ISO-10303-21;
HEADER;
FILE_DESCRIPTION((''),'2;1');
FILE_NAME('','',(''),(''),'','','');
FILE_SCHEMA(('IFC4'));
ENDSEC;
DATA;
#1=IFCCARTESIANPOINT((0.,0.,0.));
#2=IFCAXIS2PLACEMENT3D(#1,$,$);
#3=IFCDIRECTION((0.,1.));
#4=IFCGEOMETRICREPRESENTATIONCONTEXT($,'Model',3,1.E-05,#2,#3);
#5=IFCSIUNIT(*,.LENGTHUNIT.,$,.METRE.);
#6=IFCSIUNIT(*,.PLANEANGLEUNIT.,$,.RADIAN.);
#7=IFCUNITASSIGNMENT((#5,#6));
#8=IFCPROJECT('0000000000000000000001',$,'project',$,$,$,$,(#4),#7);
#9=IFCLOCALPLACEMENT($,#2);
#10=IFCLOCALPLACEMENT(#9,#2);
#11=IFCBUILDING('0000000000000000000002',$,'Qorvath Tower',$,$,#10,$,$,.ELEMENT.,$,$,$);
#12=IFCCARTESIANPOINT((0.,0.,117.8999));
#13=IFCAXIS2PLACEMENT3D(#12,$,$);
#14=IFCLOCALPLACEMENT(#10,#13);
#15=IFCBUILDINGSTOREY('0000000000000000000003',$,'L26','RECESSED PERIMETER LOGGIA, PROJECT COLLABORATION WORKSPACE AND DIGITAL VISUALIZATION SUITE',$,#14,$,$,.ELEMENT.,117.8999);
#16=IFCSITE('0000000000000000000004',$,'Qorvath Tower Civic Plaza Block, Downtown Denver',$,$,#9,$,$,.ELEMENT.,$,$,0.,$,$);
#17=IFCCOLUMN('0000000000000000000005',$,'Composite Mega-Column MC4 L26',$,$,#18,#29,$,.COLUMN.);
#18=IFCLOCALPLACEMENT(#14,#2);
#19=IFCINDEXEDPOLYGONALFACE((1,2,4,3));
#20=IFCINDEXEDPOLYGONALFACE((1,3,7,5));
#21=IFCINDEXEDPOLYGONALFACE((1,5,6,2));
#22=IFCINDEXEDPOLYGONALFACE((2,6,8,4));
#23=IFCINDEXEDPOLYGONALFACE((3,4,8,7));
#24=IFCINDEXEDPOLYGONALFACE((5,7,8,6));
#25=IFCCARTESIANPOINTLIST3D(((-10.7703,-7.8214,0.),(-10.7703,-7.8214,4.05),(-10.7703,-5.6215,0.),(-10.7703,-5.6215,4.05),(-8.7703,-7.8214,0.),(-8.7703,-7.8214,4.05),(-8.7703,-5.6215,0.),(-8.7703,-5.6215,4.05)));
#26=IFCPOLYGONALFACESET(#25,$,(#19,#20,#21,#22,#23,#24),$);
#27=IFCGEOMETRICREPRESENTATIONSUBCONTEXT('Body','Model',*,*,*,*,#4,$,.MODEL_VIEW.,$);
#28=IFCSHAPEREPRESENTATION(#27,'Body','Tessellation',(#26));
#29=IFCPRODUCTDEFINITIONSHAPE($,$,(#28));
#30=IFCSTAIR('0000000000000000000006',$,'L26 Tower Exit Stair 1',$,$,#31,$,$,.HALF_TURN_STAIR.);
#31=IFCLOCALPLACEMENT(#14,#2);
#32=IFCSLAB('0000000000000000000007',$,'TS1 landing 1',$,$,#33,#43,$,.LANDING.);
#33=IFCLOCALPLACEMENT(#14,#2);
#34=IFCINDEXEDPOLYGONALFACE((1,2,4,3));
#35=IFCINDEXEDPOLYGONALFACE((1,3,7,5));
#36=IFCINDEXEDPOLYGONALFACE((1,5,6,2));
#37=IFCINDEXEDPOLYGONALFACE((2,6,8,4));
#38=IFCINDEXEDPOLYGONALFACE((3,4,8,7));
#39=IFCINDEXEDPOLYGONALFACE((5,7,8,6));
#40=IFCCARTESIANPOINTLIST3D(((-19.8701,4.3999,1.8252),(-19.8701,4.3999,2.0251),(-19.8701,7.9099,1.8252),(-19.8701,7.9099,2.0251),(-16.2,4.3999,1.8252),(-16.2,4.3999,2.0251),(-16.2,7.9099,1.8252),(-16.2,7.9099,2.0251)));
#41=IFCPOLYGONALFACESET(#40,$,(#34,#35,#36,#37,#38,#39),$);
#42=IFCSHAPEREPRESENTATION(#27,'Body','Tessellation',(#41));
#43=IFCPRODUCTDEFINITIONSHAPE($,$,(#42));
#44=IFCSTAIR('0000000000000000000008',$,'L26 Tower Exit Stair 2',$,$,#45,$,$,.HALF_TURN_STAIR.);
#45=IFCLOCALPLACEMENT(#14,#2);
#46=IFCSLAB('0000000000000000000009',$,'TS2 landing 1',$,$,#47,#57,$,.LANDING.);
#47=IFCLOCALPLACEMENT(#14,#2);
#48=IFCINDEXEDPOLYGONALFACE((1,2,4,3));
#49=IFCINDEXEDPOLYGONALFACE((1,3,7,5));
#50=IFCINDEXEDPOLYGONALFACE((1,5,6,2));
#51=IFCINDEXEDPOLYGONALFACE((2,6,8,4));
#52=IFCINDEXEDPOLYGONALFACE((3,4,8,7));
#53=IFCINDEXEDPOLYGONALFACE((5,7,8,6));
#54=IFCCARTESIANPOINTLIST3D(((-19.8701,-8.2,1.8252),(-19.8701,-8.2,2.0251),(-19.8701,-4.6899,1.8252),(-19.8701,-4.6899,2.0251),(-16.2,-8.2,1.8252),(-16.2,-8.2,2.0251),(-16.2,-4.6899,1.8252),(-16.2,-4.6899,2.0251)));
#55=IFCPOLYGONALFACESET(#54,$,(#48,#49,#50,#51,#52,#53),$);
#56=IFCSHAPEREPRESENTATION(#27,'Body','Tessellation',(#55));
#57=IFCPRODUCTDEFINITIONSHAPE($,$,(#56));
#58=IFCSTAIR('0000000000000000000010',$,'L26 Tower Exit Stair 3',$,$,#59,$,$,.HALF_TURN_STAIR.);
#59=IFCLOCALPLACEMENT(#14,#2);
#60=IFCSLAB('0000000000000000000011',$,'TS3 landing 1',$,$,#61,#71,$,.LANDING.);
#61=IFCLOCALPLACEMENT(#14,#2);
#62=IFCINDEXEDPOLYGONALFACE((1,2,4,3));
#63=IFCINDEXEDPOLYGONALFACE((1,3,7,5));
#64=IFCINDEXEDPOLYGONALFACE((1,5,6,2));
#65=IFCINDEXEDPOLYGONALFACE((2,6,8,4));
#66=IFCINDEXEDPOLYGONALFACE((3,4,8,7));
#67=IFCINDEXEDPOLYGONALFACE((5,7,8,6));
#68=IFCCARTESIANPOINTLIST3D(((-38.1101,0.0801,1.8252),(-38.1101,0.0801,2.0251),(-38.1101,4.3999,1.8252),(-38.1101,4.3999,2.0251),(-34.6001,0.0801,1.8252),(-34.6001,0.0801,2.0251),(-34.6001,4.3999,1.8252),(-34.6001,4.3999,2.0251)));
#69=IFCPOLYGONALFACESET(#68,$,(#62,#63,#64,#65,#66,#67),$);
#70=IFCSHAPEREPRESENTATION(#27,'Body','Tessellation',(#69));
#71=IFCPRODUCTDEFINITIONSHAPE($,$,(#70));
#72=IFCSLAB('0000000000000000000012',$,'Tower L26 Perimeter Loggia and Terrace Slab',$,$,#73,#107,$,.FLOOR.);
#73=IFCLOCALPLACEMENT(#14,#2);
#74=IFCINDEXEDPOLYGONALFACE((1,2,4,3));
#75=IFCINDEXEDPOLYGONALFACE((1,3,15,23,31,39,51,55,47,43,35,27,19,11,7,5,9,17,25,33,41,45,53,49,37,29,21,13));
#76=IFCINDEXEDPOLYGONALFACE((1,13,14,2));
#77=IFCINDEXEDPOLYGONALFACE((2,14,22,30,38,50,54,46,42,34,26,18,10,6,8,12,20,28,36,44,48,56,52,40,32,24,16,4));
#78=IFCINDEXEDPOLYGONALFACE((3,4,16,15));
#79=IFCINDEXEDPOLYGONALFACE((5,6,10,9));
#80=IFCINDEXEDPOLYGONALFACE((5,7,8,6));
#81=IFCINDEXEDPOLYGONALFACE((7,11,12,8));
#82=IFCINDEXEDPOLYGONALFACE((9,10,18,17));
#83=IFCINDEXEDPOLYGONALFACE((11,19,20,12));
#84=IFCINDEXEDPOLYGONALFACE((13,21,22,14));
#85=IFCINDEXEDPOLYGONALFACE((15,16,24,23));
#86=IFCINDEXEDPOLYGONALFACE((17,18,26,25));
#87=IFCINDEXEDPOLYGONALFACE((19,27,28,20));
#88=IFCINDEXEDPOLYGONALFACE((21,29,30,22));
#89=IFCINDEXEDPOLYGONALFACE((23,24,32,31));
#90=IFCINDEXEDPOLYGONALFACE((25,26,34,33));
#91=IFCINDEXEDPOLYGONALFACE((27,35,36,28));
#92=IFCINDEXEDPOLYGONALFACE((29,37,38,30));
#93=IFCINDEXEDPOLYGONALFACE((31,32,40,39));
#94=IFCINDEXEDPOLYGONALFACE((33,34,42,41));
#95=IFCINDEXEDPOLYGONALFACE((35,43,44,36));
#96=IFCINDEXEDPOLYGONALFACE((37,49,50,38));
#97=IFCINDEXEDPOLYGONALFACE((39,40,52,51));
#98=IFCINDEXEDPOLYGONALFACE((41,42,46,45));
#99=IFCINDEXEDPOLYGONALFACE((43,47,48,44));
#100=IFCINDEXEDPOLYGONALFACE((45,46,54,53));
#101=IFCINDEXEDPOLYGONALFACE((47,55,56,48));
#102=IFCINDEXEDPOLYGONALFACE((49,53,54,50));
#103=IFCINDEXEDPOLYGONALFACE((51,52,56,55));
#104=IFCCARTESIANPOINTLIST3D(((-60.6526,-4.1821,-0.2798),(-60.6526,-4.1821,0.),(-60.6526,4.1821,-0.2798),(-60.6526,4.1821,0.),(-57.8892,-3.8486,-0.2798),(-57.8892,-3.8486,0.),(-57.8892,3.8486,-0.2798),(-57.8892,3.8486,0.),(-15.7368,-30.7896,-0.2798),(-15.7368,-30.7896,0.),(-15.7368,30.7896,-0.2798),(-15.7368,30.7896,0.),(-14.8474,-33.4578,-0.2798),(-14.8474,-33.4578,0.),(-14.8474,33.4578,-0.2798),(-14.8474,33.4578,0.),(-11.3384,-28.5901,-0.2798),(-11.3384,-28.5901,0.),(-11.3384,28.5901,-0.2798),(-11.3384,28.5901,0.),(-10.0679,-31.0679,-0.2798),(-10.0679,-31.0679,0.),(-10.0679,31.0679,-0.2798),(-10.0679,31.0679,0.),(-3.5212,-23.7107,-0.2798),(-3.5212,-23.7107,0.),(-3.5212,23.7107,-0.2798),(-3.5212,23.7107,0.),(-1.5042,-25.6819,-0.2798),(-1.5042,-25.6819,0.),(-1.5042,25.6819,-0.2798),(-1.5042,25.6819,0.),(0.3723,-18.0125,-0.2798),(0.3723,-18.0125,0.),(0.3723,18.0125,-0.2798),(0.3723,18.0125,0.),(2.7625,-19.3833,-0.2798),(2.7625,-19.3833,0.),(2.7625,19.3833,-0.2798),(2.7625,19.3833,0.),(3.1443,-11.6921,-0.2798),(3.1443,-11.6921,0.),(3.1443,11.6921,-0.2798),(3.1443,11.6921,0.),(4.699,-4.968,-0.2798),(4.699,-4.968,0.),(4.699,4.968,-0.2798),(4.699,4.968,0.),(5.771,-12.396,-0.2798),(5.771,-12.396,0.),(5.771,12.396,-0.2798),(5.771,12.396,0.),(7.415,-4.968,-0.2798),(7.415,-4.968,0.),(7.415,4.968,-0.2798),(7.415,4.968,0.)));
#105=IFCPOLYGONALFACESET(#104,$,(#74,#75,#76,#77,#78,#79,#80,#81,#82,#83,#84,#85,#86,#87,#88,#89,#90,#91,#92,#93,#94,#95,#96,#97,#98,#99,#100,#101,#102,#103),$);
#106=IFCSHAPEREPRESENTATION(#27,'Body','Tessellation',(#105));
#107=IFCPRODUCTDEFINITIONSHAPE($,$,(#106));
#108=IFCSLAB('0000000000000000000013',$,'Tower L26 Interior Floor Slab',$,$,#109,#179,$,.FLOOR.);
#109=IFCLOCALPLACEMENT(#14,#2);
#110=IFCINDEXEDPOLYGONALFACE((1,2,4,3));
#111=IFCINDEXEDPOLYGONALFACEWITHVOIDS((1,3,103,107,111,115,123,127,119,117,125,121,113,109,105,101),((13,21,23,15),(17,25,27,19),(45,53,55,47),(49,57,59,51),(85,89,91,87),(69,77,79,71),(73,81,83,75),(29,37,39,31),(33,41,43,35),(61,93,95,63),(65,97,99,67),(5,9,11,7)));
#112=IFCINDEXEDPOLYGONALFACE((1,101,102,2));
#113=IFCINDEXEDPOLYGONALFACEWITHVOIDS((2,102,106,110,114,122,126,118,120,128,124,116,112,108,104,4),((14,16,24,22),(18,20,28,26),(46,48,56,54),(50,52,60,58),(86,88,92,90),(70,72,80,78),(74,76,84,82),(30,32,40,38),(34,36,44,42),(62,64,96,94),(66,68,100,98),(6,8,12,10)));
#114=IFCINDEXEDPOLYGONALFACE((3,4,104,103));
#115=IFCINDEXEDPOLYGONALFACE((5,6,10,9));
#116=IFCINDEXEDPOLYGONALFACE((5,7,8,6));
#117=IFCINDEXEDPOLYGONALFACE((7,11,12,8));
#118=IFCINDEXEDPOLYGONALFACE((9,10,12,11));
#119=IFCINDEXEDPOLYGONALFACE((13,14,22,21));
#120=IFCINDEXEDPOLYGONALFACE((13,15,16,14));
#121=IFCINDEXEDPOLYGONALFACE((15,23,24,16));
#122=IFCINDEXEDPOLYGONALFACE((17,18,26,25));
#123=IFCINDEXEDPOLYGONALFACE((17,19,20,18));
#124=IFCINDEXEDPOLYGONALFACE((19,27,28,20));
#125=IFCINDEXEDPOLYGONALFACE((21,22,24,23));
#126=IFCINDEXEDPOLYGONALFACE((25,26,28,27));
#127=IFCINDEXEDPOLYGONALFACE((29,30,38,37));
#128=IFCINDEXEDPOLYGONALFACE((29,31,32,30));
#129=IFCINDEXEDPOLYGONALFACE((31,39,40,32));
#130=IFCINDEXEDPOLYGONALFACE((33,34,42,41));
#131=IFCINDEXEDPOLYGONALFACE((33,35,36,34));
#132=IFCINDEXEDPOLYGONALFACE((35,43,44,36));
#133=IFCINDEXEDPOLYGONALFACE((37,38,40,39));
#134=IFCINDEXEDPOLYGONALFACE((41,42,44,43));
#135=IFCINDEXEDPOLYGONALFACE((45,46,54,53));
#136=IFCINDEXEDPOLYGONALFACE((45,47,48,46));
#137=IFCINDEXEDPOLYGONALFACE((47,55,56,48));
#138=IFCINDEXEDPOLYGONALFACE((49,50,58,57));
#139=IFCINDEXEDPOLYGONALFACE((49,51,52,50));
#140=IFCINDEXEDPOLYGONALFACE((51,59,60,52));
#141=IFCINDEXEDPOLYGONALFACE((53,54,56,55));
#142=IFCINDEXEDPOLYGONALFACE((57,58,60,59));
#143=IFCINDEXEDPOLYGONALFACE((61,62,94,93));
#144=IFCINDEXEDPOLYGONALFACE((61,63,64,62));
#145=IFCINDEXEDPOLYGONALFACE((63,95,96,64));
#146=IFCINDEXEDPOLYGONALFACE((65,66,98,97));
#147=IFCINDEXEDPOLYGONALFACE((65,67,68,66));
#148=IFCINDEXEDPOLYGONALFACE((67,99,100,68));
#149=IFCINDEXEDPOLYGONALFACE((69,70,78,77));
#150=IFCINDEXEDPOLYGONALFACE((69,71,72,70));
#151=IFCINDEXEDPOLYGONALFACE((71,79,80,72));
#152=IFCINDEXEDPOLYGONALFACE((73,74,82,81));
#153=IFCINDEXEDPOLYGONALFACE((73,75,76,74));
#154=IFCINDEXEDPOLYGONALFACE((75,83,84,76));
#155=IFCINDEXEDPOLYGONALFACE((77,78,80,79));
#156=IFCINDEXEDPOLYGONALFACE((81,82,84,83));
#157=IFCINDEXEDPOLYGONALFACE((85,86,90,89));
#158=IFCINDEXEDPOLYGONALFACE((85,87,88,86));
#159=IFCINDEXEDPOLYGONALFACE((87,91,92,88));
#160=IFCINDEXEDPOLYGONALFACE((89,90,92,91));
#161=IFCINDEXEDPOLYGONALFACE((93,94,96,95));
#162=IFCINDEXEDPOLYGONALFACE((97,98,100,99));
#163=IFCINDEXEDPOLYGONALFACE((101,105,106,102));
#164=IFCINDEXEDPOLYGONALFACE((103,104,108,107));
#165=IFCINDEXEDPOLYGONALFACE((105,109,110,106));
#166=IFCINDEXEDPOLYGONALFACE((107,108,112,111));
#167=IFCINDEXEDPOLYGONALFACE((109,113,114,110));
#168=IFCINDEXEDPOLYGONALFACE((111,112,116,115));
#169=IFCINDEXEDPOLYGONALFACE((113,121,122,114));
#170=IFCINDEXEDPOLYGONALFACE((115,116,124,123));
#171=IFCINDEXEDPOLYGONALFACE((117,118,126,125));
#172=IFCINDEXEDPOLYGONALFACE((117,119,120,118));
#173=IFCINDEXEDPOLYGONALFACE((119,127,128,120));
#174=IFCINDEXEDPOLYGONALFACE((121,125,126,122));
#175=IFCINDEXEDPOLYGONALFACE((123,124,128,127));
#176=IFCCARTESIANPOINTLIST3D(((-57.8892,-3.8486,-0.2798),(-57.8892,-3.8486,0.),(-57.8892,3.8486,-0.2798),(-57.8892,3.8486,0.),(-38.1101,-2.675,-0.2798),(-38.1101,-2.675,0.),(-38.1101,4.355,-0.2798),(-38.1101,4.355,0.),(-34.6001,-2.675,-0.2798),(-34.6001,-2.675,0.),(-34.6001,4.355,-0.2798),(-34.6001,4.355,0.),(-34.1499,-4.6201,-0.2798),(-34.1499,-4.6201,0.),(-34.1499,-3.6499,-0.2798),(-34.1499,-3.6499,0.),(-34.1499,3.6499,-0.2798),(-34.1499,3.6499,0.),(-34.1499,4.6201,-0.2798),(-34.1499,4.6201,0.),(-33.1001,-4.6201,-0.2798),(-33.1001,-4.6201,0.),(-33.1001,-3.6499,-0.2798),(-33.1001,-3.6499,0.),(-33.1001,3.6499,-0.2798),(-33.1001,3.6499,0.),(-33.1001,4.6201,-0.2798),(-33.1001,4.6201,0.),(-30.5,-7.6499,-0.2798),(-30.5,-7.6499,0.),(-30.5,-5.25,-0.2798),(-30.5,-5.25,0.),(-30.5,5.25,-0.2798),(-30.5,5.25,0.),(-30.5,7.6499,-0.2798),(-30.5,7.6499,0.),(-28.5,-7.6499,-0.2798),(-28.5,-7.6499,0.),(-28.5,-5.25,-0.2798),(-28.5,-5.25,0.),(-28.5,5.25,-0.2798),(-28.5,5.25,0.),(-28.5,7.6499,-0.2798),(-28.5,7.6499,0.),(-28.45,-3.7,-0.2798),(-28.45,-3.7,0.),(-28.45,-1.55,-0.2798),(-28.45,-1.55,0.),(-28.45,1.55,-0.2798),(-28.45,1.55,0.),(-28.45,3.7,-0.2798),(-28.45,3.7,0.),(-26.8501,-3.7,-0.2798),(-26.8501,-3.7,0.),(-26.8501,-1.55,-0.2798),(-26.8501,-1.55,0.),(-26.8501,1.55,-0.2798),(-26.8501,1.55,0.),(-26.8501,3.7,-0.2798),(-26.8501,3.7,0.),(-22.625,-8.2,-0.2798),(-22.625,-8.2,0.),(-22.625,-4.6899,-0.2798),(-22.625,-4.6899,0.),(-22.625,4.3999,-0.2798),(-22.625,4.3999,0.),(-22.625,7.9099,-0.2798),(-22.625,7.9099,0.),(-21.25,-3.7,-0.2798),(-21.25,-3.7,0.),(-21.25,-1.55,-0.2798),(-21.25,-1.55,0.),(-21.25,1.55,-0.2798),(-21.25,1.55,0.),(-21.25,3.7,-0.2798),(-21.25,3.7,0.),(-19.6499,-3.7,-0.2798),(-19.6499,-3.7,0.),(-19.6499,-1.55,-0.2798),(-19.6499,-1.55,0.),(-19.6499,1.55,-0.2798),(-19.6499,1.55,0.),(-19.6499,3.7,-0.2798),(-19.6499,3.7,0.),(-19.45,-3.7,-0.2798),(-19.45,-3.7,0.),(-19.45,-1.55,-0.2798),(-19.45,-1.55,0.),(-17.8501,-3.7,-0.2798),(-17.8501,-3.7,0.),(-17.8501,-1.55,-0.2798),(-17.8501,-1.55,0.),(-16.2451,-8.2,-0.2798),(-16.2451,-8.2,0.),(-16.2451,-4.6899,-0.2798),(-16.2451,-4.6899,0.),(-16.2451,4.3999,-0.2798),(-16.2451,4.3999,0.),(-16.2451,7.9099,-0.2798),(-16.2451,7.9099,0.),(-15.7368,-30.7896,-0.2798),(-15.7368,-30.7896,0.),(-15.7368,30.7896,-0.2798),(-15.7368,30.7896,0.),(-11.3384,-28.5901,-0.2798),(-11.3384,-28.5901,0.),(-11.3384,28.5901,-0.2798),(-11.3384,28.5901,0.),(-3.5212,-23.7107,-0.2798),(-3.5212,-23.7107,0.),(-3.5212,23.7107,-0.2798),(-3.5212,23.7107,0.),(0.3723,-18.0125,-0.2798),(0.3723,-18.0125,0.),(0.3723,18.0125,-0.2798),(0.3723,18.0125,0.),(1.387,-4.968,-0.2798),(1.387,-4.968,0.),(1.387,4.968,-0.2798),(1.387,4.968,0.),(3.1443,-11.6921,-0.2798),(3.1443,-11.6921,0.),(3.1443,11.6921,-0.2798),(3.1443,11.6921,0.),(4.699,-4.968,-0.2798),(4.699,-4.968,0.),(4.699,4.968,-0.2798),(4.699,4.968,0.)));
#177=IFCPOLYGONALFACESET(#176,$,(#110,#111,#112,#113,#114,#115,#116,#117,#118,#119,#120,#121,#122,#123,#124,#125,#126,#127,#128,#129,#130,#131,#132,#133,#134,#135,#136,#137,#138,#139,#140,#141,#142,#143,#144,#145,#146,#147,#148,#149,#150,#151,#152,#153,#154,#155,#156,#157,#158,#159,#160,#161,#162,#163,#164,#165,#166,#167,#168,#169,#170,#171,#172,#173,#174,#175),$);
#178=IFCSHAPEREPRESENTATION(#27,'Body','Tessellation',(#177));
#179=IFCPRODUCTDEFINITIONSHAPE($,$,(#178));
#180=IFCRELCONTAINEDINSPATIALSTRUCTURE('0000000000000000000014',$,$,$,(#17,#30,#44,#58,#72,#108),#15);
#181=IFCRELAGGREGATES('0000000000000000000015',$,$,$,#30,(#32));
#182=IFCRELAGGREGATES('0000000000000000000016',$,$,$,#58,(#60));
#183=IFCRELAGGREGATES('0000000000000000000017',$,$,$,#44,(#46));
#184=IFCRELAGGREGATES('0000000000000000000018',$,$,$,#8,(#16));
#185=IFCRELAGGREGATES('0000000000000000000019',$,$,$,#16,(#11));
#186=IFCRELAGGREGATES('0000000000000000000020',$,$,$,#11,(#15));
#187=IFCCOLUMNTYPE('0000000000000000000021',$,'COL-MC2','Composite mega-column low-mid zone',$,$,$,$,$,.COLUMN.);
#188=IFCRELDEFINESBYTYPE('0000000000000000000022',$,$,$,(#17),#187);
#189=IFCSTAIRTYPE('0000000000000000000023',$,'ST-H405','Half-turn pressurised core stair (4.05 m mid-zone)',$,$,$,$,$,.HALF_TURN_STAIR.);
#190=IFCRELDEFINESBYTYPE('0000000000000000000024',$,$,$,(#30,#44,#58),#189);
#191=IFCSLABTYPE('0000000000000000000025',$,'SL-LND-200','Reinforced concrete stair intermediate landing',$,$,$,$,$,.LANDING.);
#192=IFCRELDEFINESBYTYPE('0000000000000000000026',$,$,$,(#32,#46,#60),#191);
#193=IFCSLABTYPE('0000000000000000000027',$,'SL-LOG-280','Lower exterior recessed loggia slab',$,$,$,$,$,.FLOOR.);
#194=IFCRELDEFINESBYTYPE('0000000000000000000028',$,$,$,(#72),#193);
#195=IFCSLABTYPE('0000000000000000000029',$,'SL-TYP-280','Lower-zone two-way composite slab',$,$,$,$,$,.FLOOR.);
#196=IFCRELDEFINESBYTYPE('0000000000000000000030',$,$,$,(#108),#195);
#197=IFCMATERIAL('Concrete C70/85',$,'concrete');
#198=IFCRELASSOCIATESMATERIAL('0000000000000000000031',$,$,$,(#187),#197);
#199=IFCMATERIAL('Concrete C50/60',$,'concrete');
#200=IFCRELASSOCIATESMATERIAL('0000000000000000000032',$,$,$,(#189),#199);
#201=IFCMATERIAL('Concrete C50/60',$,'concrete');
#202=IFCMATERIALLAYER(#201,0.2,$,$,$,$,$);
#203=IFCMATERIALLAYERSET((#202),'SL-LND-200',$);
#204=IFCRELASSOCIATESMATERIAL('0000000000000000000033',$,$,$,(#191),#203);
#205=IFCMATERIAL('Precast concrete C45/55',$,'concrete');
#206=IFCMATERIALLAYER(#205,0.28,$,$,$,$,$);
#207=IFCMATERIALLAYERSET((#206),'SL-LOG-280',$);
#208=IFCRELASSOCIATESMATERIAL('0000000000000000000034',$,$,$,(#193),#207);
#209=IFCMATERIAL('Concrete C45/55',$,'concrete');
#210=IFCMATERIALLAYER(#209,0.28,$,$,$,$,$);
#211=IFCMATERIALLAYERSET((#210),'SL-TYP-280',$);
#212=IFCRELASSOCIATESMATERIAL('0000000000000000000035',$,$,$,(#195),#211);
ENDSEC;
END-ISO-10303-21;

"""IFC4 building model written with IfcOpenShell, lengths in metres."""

from ifc_helpers import new_model, si_unit, direction, frame, origin, origin_2d, place, context, subcontext, project, spatial, polyline, rectangle, outline, extrude, material, layer, layer_set, material_profile, profile_set, type_object, element, aggregate, save


model = new_model("IFC4")

# Units and contexts
model_context = context("Model", 3, precision=1e-05, world=origin(), true_north=direction((0.0, 1.0)))
body_context = subcontext(model_context, "Body", "Model", "MODEL_VIEW")
ifc_project = project(units=[si_unit("LENGTHUNIT", "METRE"), si_unit("PLANEANGLEUNIT", "RADIAN")], contexts=[model_context])

# Site, building, storey
site_placement = place(None, origin())
site = spatial("IfcSite", under=ifc_project, at=site_placement, Name="Qorvath Tower Civic Plaza Block, Downtown Denver", CompositionType="ELEMENT", RefElevation=0.0)
building_placement = place(site_placement, origin())
building = spatial("IfcBuilding", under=site, at=building_placement, Name="Qorvath Tower", CompositionType="ELEMENT")
storey_placement = place(building_placement, frame((0.0, 0.0, 117.8999)))
storey = spatial("IfcBuildingStorey", under=building, at=storey_placement, Name="L26", Description="RECESSED PERIMETER LOGGIA, PROJECT COLLABORATION WORKSPACE AND DIGITAL VISUALIZATION SUITE", CompositionType="ELEMENT", Elevation=117.8999)

# Column
ifc_material_1 = material(Name="Concrete C70/85", Category="concrete")
ifc_material_profile = material_profile(ifc_material_1, rectangle(XDim=2.0, YDim=2.2, at=origin_2d()), Name="MC 2200x2000")
ifc_profile_set = profile_set([ifc_material_profile], Name="Concrete C70/85")
column_type = type_object("IfcColumnType", Name="COL-MC2", Description="Composite mega-column low-mid zone", PredefinedType="COLUMN", material=ifc_profile_set)
column_placement = place(storey_placement, frame((-9.7703, -6.7214, 0.0), z_axis=(0.0, 0.0, 1.0), x_axis=(1.0, 0.0, 0.0)))
element("IfcColumn", 1, at=column_placement, inside=storey, type_object=column_type, Name="Composite Mega-Column MC4 L26", PredefinedType="COLUMN", context=body_context, shape_type="SweptSolid", body=[
    extrude(rectangle(XDim=2.0, YDim=2.2, at=origin_2d()), origin(), (0.0, 0.0, 1.0), 4.05),
])

# Stairs, slabs
ifc_material_2 = material(Name="Concrete C50/60", Category="concrete")
stair_type = type_object("IfcStairType", Name="ST-H405", Description="Half-turn pressurised core stair (4.05 m mid-zone)", PredefinedType="HALF_TURN_STAIR", material=ifc_material_2)
stair_1_placement = place(storey_placement, origin())
stair_1 = element("IfcStair", 2, at=stair_1_placement, inside=storey, type_object=stair_type, Name="L26 Tower Exit Stair 1", PredefinedType="HALF_TURN_STAIR")
ifc_material_3 = material(Name="Concrete C50/60", Category="concrete")
ifc_layer_1 = layer(ifc_material_3, 0.2)
ifc_layer_set_1 = layer_set([ifc_layer_1], Name="SL-LND-200")
slab_type_1 = type_object("IfcSlabType", Name="SL-LND-200", Description="Reinforced concrete stair intermediate landing", PredefinedType="LANDING", material=ifc_layer_set_1)
slab_1_placement = place(storey_placement, frame((0.0, 0.0, 1.8252)))
slab_1 = element("IfcSlab", 3, at=slab_1_placement, type_object=slab_type_1, Name="TS1 landing 1", PredefinedType="LANDING", context=body_context, shape_type="SweptSolid", body=[
    extrude(outline(polyline([(-19.8701, 4.3999), (-16.2, 4.3999), (-16.2, 7.9099), (-19.8701, 7.9099), (-19.8701, 4.3999)])), origin(), (0.0, 0.0, 1.0), 0.2),
])
aggregate(stair_1, [slab_1])
stair_2_placement = place(storey_placement, origin())
stair_2 = element("IfcStair", 4, at=stair_2_placement, inside=storey, type_object=stair_type, Name="L26 Tower Exit Stair 2", PredefinedType="HALF_TURN_STAIR")
slab_2_placement = place(storey_placement, frame((0.0, 0.0, 1.8252)))
slab_2 = element("IfcSlab", 5, at=slab_2_placement, type_object=slab_type_1, Name="TS2 landing 1", PredefinedType="LANDING", context=body_context, shape_type="SweptSolid", body=[
    extrude(outline(polyline([(-19.8701, -8.2), (-16.2, -8.2), (-16.2, -4.6899), (-19.8701, -4.6899), (-19.8701, -8.2)])), origin(), (0.0, 0.0, 1.0), 0.2),
])
stair_3_placement = place(storey_placement, origin())
stair_3 = element("IfcStair", 6, at=stair_3_placement, inside=storey, type_object=stair_type, Name="L26 Tower Exit Stair 3", PredefinedType="HALF_TURN_STAIR")
slab_3_placement = place(storey_placement, frame((0.0, 0.0, 1.8252)))
slab_3 = element("IfcSlab", 7, at=slab_3_placement, type_object=slab_type_1, Name="TS3 landing 1", PredefinedType="LANDING", context=body_context, shape_type="SweptSolid", body=[
    extrude(outline(polyline([(-34.6001, 0.0801), (-34.6001, 4.3999), (-38.1101, 4.3999), (-38.1101, 0.0801), (-34.6001, 0.0801)])), origin(), (0.0, 0.0, 1.0), 0.2),
])
aggregate(stair_3, [slab_3])

# Slabs
ifc_material_4 = material(Name="Precast concrete C45/55", Category="concrete")
ifc_layer_2 = layer(ifc_material_4, 0.28)
ifc_layer_set_2 = layer_set([ifc_layer_2], Name="SL-LOG-280")
slab_type_2 = type_object("IfcSlabType", Name="SL-LOG-280", Description="Lower exterior recessed loggia slab", PredefinedType="FLOOR", material=ifc_layer_set_2)
slab_4_placement = place(storey_placement, frame((0.0, 0.0, -0.2798)))
element("IfcSlab", 8, at=slab_4_placement, inside=storey, type_object=slab_type_2, Name="Tower L26 Perimeter Loggia and Terrace Slab", PredefinedType="FLOOR", context=body_context, shape_type="SweptSolid", body=[
    extrude(outline(polyline([(4.699, -4.968), (3.1443, -11.6921), (0.3723, -18.0125), (-3.5212, -23.7107), (-11.3384, -28.5901), (-15.7368, -30.7896), (-57.8892, -3.8486), (-57.8892, 3.8486), (-15.7368, 30.7896), (-11.3384, 28.5901), (-3.5212, 23.7107), (0.3723, 18.0125), (3.1443, 11.6921), (4.699, 4.968), (7.415, 4.968), (5.771, 12.396), (2.7625, 19.3833), (-1.5042, 25.6819), (-10.0679, 31.0679), (-14.8474, 33.4578), (-60.6526, 4.1821), (-60.6526, -4.1821), (-14.8474, -33.4578), (-10.0679, -31.0679), (-1.5042, -25.6819), (2.7625, -19.3833), (5.771, -12.396), (7.415, -4.968), (4.699, -4.968)])), origin(), (0.0, 0.0, 1.0), 0.2798),
])
ifc_material_5 = material(Name="Concrete C45/55", Category="concrete")
ifc_layer_3 = layer(ifc_material_5, 0.28)
ifc_layer_set_3 = layer_set([ifc_layer_3], Name="SL-TYP-280")
slab_type_3 = type_object("IfcSlabType", Name="SL-TYP-280", Description="Lower-zone two-way composite slab", PredefinedType="FLOOR", material=ifc_layer_set_3)
slab_5_placement = place(storey_placement, frame((0.0, 0.0, -0.2798)))
element("IfcSlab", 9, at=slab_5_placement, inside=storey, type_object=slab_type_3, Name="Tower L26 Interior Floor Slab", PredefinedType="FLOOR", context=body_context, shape_type="SweptSolid", body=[
    extrude(outline(polyline([(-57.8892, 3.8486), (-57.8892, -3.8486), (-15.7368, -30.7896), (-11.3384, -28.5901), (-3.5212, -23.7107), (0.3723, -18.0125), (3.1443, -11.6921), (4.699, -4.968), (1.387, -4.968), (1.387, 4.968), (4.699, 4.968), (3.1443, 11.6921), (0.3723, 18.0125), (-3.5212, 23.7107), (-11.3384, 28.5901), (-15.7368, 30.7896), (-57.8892, 3.8486)]), holes=[polyline([(-16.2451, -8.2), (-22.625, -8.2), (-22.625, -4.6899), (-16.2451, -4.6899), (-16.2451, -8.2)]), polyline([(-22.625, 4.3999), (-22.625, 7.9099), (-16.2451, 7.9099), (-16.2451, 4.3999), (-22.625, 4.3999)]), polyline([(-17.8501, -3.7), (-19.45, -3.7), (-19.45, -1.55), (-17.8501, -1.55), (-17.8501, -3.7)]), polyline([(-21.25, -3.7), (-21.25, -1.55), (-19.6499, -1.55), (-19.6499, -3.7), (-21.25, -3.7)]), polyline([(-21.25, 1.55), (-21.25, 3.7), (-19.6499, 3.7), (-19.6499, 1.55), (-21.25, 1.55)]), polyline([(-28.45, -3.7), (-28.45, -1.55), (-26.8501, -1.55), (-26.8501, -3.7), (-28.45, -3.7)]), polyline([(-26.8501, 1.55), (-28.45, 1.55), (-28.45, 3.7), (-26.8501, 3.7), (-26.8501, 1.55)]), polyline([(-28.5, -7.6499), (-30.5, -7.6499), (-30.5, -5.25), (-28.5, -5.25), (-28.5, -7.6499)]), polyline([(-30.5, 5.25), (-30.5, 7.6499), (-28.5, 7.6499), (-28.5, 5.25), (-30.5, 5.25)]), polyline([(-34.1499, -4.6201), (-34.1499, -3.6499), (-33.1001, -3.6499), (-33.1001, -4.6201), (-34.1499, -4.6201)]), polyline([(-34.1499, 3.6499), (-34.1499, 4.6201), (-33.1001, 4.6201), (-33.1001, 3.6499), (-34.1499, 3.6499)]), polyline([(-34.6001, -2.675), (-38.1101, -2.675), (-38.1101, 4.355), (-34.6001, 4.355), (-34.6001, -2.675)])]), origin(), (0.0, 0.0, 1.0), 0.2798),
])

aggregate(stair_2, [slab_2])

save(model, "model.ifc")
